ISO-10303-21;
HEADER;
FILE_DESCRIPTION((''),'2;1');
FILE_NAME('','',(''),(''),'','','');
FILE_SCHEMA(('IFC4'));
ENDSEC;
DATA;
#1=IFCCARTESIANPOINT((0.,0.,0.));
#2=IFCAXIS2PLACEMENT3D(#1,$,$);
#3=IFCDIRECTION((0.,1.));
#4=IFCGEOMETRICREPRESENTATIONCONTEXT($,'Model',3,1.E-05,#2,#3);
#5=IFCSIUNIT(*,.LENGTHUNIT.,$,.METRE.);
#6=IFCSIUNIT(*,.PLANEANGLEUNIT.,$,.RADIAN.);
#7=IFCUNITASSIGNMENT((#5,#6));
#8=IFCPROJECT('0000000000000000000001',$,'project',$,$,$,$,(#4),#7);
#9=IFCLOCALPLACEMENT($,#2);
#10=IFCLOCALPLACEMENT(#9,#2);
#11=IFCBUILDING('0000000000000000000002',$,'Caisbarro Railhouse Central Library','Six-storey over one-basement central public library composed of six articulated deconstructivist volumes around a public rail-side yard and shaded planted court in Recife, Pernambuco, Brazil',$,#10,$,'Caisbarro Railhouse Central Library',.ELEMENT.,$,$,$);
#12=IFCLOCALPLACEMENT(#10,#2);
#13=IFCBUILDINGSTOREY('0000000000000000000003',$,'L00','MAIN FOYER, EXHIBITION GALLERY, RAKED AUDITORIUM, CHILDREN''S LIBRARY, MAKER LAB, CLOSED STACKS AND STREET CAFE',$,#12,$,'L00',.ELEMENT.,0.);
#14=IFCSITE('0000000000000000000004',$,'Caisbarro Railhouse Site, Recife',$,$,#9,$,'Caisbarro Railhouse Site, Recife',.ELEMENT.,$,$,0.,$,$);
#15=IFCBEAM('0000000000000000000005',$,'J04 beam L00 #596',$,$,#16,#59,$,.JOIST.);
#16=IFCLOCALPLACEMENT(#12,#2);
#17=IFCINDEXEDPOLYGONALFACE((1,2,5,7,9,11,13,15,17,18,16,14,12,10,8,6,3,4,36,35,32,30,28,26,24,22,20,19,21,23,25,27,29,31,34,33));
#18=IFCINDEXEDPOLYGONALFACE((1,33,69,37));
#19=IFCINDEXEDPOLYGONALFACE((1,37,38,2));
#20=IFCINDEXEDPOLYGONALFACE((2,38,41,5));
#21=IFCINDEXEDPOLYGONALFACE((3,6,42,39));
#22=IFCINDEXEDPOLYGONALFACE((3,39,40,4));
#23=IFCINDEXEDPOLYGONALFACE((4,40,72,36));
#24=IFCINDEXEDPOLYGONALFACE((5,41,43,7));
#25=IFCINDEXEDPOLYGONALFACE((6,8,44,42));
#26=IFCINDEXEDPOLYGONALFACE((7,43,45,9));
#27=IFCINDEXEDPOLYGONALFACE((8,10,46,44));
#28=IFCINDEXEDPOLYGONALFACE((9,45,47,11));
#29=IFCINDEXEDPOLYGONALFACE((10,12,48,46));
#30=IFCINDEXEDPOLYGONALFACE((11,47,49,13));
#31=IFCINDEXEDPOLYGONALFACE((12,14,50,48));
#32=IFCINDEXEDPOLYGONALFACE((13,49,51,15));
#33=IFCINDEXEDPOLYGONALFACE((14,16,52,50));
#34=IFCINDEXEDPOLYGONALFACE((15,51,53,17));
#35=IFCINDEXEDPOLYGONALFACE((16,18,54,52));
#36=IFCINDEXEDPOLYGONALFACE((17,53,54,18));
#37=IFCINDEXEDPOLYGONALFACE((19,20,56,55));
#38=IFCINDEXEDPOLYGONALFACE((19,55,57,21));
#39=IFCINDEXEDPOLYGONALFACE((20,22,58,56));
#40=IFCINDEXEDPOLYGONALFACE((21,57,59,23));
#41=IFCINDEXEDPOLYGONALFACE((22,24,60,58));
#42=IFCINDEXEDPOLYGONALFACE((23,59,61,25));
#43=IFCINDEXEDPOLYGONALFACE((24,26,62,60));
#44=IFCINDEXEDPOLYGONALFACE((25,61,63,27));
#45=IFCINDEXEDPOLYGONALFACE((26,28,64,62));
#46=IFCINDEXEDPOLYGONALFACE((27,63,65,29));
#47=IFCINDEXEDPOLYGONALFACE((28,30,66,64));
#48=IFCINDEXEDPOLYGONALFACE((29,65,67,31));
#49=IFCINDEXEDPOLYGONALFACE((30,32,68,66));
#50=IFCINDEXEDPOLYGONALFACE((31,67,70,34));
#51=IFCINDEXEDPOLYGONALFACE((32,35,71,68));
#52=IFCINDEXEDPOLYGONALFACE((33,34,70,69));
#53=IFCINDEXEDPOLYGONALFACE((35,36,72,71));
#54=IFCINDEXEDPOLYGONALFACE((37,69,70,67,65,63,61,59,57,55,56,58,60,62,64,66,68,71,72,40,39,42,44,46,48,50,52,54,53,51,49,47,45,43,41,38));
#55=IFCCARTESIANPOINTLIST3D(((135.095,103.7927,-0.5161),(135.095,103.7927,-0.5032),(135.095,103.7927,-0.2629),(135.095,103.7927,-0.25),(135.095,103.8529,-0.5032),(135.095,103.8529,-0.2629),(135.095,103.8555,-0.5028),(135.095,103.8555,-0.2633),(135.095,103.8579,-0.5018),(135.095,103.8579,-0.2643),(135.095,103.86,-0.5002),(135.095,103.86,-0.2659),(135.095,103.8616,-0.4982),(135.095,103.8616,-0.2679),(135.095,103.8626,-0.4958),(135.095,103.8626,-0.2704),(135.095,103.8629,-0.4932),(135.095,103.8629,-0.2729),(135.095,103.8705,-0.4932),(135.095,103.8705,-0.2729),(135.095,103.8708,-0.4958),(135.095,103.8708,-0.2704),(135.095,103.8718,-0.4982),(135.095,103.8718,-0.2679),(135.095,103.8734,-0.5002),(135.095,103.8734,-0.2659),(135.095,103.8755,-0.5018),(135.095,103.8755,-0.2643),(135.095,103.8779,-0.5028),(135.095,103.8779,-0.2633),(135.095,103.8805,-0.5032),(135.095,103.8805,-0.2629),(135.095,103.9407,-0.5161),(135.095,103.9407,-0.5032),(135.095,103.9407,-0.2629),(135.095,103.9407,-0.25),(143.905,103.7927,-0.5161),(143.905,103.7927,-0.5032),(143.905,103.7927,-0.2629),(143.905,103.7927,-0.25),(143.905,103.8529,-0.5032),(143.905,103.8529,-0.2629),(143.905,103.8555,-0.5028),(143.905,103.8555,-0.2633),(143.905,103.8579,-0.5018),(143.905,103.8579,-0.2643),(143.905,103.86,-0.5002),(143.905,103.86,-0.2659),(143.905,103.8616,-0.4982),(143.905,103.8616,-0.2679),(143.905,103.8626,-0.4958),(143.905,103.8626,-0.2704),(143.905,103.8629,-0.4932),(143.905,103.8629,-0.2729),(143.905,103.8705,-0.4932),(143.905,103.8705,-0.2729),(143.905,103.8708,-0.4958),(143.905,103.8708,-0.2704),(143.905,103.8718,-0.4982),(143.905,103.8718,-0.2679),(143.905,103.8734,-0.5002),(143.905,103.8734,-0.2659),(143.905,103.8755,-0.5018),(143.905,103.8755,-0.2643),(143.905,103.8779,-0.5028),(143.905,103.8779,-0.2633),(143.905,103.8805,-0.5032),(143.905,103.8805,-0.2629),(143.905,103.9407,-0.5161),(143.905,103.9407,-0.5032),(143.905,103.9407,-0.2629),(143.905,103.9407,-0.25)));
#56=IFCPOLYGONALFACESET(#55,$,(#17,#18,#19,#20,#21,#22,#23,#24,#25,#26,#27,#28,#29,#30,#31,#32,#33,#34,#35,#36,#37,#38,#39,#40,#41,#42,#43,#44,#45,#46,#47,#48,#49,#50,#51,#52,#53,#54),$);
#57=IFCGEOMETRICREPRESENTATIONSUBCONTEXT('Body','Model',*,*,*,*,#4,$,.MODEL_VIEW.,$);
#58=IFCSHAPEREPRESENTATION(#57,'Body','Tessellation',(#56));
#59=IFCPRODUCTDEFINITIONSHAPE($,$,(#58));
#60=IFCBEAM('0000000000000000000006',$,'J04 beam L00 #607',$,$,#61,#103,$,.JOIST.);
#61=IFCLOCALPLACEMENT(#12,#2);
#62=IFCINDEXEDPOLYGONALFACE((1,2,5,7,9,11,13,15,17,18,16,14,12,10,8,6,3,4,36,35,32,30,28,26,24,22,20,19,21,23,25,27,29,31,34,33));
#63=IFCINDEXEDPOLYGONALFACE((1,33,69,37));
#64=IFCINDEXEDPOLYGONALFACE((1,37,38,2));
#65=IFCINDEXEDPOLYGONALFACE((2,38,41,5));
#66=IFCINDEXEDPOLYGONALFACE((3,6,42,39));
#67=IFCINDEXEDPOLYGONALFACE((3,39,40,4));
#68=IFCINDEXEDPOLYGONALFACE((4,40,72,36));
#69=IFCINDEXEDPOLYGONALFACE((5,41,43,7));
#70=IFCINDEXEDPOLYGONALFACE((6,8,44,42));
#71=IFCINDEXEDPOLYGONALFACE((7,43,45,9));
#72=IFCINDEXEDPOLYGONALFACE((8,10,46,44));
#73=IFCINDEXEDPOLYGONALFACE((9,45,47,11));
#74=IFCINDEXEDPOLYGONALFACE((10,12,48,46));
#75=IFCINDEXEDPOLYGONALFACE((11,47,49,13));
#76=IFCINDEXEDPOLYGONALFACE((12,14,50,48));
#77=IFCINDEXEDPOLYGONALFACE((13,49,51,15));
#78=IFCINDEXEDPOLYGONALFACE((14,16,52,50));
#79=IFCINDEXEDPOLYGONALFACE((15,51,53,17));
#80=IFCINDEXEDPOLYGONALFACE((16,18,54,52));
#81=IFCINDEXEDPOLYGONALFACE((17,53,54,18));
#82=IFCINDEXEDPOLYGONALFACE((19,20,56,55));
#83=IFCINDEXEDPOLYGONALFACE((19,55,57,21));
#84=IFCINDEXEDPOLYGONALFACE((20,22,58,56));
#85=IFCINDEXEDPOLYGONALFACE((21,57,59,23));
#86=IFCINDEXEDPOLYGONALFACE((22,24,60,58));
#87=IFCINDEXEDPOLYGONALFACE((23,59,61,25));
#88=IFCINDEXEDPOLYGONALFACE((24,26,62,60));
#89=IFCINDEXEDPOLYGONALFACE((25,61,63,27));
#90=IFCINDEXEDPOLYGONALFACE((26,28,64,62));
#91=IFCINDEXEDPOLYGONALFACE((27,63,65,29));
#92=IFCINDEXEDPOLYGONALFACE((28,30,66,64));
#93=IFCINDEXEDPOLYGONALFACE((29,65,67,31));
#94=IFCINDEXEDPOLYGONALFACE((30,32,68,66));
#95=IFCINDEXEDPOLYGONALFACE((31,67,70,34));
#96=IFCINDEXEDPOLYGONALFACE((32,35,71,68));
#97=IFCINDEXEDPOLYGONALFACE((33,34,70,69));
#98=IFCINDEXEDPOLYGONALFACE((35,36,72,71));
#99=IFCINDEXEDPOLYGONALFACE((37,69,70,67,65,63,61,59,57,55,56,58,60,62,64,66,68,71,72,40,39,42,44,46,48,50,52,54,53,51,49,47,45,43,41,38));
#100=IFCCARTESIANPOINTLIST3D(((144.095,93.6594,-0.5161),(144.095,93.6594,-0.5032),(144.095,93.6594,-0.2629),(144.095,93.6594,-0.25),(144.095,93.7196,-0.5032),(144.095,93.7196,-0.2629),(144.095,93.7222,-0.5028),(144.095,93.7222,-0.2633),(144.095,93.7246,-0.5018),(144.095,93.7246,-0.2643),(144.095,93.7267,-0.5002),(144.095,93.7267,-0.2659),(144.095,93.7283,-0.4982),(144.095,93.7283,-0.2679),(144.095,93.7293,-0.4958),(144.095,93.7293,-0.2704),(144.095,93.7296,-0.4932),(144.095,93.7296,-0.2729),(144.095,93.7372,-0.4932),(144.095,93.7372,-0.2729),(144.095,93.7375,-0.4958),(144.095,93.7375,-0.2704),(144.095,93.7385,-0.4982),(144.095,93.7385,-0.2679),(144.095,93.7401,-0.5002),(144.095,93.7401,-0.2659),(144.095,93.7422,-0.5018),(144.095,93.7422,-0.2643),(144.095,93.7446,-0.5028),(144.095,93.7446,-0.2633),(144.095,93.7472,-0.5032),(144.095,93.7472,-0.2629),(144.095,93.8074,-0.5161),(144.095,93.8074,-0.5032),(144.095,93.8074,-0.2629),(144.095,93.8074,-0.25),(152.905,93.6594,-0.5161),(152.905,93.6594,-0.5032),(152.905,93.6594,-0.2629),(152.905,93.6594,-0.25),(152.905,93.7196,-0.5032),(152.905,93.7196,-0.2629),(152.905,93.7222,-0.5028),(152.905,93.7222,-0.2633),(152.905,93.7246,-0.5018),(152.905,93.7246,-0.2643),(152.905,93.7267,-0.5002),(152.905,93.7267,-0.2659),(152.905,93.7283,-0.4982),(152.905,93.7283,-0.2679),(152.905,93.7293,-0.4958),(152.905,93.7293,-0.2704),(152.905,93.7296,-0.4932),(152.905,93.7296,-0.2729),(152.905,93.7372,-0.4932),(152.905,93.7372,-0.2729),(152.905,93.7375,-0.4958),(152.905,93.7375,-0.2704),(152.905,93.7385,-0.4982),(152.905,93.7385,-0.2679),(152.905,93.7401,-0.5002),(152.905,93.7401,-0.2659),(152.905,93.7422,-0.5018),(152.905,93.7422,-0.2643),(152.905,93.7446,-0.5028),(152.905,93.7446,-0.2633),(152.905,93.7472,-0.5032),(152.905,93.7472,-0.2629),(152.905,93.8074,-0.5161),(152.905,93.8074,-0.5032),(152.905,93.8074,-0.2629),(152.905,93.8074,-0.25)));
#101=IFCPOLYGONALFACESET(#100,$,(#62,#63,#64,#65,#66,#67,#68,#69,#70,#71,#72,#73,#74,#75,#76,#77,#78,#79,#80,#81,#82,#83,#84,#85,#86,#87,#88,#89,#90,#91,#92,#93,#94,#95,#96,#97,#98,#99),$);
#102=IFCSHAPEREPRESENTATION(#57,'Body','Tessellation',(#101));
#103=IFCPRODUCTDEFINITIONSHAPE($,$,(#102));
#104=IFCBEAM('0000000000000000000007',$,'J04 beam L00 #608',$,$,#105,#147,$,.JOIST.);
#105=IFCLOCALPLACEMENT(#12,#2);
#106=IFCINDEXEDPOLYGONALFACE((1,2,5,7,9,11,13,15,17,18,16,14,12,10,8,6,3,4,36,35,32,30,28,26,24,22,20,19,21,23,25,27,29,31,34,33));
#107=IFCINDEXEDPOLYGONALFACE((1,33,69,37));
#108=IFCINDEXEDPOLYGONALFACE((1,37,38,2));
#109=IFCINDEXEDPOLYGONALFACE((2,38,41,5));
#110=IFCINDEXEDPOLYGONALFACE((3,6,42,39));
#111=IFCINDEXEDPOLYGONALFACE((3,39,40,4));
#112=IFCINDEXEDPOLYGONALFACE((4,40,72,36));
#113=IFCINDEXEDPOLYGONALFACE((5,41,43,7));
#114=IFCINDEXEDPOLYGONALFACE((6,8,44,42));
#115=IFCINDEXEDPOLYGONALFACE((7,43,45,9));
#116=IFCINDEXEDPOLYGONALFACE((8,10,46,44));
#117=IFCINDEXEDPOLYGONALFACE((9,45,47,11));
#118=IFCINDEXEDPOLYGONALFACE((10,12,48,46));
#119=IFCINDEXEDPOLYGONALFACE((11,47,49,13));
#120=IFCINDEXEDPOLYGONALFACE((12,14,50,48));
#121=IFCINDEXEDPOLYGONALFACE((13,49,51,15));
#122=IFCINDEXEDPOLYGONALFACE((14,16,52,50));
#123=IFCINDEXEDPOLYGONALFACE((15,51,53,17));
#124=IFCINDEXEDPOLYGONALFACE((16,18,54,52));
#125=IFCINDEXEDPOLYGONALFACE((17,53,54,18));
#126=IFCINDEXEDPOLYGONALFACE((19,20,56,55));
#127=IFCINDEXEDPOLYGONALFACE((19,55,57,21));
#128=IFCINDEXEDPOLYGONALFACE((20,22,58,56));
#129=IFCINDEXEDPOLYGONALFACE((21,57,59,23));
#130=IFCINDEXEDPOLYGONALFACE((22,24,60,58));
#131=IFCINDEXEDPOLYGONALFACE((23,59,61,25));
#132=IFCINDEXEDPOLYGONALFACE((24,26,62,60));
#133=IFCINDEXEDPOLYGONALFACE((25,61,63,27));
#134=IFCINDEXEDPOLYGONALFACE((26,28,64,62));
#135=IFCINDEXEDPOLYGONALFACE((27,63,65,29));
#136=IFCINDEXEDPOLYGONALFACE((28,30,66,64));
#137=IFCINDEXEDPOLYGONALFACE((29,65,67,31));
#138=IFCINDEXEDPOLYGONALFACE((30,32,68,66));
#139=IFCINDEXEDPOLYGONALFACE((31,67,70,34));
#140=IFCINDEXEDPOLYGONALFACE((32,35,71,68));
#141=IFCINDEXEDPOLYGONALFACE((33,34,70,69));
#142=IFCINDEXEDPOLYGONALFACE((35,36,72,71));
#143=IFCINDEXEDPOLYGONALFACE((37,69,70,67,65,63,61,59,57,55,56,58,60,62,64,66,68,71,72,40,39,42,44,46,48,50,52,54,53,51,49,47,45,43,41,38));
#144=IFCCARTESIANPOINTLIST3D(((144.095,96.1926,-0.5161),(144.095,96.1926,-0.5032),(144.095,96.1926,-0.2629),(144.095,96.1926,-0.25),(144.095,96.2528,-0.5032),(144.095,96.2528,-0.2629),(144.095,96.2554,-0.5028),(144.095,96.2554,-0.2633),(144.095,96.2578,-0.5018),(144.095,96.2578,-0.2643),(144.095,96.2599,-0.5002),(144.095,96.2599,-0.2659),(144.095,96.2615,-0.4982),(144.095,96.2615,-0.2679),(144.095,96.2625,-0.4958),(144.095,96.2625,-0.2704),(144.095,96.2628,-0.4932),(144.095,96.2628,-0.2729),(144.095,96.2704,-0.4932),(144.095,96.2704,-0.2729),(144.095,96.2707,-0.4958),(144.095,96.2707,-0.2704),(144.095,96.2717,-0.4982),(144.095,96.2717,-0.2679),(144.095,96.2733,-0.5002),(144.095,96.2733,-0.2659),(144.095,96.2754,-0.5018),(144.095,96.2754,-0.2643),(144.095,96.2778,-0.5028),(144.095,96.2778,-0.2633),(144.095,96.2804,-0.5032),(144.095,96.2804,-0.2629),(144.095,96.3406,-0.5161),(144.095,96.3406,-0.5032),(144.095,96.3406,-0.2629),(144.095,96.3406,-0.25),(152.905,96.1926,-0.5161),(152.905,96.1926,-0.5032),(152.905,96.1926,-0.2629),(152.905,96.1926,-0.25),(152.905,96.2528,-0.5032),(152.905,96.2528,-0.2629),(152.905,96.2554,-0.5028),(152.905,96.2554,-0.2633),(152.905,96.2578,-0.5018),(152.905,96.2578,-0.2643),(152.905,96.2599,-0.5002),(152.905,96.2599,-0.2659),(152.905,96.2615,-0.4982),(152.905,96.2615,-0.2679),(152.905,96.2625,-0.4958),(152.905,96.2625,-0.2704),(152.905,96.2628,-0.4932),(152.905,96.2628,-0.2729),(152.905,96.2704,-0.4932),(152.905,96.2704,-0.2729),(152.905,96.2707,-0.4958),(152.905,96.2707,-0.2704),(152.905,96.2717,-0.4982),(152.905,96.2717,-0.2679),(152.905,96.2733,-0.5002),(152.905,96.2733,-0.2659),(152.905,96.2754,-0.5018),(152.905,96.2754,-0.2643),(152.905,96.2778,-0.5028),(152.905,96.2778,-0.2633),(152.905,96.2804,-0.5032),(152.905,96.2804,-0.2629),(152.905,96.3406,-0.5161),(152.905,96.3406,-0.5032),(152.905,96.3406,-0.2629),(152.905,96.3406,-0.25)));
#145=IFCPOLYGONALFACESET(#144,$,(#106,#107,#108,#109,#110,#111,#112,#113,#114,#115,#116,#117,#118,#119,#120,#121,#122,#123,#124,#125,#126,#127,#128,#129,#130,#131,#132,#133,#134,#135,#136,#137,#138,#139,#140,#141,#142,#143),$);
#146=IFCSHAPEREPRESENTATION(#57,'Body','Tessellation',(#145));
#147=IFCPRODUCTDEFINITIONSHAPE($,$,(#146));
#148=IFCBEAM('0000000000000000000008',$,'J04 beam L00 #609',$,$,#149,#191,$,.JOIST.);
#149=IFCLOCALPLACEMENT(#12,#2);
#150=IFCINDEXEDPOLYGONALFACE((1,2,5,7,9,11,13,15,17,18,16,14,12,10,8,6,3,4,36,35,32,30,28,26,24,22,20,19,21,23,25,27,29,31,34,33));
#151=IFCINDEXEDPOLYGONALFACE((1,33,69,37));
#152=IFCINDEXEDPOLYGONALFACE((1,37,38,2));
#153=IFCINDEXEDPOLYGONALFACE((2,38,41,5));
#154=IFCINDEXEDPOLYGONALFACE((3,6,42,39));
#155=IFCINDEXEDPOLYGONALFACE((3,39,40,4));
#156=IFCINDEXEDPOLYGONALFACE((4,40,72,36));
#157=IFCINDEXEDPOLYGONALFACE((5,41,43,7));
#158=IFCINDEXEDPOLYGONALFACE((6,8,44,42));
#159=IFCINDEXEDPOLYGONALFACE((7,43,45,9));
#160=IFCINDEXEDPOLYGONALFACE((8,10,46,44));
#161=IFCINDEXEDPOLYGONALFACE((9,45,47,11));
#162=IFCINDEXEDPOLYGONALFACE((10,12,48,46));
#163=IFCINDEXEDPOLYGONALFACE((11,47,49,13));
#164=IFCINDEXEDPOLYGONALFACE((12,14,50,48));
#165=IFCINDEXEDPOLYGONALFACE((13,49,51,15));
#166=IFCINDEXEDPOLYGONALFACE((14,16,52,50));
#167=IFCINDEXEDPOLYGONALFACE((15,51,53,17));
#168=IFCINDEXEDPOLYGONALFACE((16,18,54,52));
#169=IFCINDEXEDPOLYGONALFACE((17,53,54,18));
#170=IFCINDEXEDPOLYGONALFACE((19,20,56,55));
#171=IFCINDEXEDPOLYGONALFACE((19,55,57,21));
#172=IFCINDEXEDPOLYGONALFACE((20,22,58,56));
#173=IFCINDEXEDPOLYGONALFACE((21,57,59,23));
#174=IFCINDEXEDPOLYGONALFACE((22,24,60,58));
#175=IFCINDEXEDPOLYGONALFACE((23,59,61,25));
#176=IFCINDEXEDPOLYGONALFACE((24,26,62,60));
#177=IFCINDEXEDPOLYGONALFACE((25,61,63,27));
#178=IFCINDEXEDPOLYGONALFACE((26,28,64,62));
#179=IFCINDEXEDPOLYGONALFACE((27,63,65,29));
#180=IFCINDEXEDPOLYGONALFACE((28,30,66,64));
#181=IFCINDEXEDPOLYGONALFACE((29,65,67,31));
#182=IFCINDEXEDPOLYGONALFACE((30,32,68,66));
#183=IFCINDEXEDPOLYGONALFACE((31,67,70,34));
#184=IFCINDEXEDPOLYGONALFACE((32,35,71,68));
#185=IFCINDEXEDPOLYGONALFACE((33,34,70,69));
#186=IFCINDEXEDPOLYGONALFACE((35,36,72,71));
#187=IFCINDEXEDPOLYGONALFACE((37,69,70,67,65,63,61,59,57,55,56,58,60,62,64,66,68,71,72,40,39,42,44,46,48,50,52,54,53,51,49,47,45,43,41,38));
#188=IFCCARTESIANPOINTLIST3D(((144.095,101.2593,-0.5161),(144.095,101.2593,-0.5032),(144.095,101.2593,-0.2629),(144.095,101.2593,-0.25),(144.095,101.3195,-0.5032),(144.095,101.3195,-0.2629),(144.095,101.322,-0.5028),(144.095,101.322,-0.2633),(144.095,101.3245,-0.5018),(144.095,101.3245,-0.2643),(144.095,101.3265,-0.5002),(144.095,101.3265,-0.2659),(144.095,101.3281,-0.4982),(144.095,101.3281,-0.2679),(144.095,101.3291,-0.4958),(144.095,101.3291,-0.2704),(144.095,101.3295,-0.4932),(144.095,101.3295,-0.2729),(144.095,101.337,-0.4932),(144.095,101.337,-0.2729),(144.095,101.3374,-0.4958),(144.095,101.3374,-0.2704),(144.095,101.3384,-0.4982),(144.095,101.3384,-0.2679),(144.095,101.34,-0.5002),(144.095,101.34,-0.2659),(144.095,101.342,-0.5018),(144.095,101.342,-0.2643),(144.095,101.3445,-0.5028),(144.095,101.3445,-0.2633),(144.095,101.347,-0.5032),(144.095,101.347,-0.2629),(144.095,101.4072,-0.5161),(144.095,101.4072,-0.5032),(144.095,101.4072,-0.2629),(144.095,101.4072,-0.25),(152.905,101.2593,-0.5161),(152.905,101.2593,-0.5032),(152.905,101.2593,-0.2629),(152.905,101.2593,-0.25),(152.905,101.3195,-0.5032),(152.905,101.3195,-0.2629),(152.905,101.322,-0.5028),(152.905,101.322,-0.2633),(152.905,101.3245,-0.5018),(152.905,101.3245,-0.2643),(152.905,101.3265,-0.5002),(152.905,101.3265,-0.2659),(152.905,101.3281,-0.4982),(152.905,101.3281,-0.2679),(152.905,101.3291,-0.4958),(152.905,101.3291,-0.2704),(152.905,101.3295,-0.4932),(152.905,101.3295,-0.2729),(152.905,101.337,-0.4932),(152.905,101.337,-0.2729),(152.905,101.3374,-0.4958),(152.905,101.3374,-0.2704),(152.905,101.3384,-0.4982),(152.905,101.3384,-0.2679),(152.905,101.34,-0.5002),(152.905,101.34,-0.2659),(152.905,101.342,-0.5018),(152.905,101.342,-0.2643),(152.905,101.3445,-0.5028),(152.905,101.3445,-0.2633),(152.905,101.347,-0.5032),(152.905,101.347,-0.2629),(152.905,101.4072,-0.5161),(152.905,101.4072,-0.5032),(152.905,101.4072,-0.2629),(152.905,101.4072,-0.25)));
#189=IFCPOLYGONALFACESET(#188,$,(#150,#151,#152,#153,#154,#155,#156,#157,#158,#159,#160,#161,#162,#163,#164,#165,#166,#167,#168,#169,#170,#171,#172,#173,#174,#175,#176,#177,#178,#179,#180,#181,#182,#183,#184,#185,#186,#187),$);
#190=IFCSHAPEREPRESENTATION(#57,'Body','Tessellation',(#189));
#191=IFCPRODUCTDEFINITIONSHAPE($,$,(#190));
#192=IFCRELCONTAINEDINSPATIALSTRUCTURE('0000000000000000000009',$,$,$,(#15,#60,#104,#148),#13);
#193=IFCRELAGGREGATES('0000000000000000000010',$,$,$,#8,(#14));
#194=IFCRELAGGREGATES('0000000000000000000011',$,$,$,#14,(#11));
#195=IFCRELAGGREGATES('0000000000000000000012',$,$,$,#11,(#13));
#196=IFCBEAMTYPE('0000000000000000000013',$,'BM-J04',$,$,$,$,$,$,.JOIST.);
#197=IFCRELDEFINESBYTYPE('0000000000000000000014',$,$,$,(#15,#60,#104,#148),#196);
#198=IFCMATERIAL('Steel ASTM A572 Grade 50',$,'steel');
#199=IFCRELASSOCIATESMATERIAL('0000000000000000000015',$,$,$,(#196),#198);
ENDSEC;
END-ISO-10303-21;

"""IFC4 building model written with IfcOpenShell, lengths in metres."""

from ifc_helpers import new_model, si_unit, direction, frame, origin, origin_2d, place, context, subcontext, project, spatial, i_section, extrude, material, material_profile, profile_set, type_object, element, save


model = new_model("IFC4")

# Units and contexts
model_context = context("Model", 3, precision=1e-05, world=origin(), true_north=direction((0.0, 1.0)))
body_context = subcontext(model_context, "Body", "Model", "MODEL_VIEW")
ifc_project = project(units=[si_unit("LENGTHUNIT", "METRE"), si_unit("PLANEANGLEUNIT", "RADIAN")], contexts=[model_context])

# Site, building, storey
site_placement = place(None, origin())
site = spatial("IfcSite", under=ifc_project, at=site_placement, Name="Caisbarro Railhouse Site, Recife", LongName="Caisbarro Railhouse Site, Recife", CompositionType="ELEMENT", RefElevation=0.0)
building_placement = place(site_placement, origin())
building = spatial("IfcBuilding", under=site, at=building_placement, Name="Caisbarro Railhouse Central Library", Description="Six-storey over one-basement central public library composed of six articulated deconstructivist volumes around a public rail-side yard and shaded planted court in Recife, Pernambuco, Brazil", LongName="Caisbarro Railhouse Central Library", CompositionType="ELEMENT")
storey_placement = place(building_placement, origin())
storey = spatial("IfcBuildingStorey", under=building, at=storey_placement, Name="L00", Description="MAIN FOYER, EXHIBITION GALLERY, RAKED AUDITORIUM, CHILDREN'S LIBRARY, MAKER LAB, CLOSED STACKS AND STREET CAFE", LongName="L00", CompositionType="ELEMENT", Elevation=0.0)

# Shared definitions
ifc_material_1 = material(Name="Steel ASTM A572 Grade 50", Category="steel")

# Beams
ifc_material_profile_1 = material_profile(ifc_material_1, i_section(OverallWidth=0.1479, OverallDepth=0.2661, WebThickness=0.0076, FlangeThickness=0.0129, FilletRadius=0.01, at=origin_2d()), Name="W250X44.8")
ifc_profile_set_1 = profile_set([ifc_material_profile_1], Name="Steel ASTM A572 Grade 50")
beam_type_1 = type_object("IfcBeamType", Name="BM-J04", PredefinedType="JOIST", material=ifc_profile_set_1)
for number, where, z_axis, x_axis, name in (
    (1, (135.095, 103.8667, -0.3831), (1.0, 0.0, 0.0), (0.0, 1.0, 0.0), "J04 beam L00 #596"),
    (2, (144.095, 93.7334, -0.3831), (1.0, 0.0, 0.0), (0.0, 1.0, 0.0), "J04 beam L00 #607"),
    (3, (144.095, 96.2666, -0.3831), (1.0, 0.0, 0.0), (0.0, 1.0, 0.0), "J04 beam L00 #608"),
    (4, (144.095, 101.3333, -0.3831), (1.0, 0.0, 0.0), (0.0, 1.0, 0.0), "J04 beam L00 #609"),
):
    element("IfcBeam", number, at=place(storey_placement, frame(where, z_axis=z_axis, x_axis=x_axis)), inside=storey, type_object=beam_type_1, Name=name, PredefinedType="JOIST", context=body_context, shape_type="SweptSolid", body=[
        extrude(i_section(OverallWidth=0.1479, OverallDepth=0.2661, WebThickness=0.0076, FlangeThickness=0.0129, FilletRadius=0.01, at=origin_2d()), origin(), (0.0, 0.0, 1.0), 8.8101),
    ])

save(model, "model.ifc")
